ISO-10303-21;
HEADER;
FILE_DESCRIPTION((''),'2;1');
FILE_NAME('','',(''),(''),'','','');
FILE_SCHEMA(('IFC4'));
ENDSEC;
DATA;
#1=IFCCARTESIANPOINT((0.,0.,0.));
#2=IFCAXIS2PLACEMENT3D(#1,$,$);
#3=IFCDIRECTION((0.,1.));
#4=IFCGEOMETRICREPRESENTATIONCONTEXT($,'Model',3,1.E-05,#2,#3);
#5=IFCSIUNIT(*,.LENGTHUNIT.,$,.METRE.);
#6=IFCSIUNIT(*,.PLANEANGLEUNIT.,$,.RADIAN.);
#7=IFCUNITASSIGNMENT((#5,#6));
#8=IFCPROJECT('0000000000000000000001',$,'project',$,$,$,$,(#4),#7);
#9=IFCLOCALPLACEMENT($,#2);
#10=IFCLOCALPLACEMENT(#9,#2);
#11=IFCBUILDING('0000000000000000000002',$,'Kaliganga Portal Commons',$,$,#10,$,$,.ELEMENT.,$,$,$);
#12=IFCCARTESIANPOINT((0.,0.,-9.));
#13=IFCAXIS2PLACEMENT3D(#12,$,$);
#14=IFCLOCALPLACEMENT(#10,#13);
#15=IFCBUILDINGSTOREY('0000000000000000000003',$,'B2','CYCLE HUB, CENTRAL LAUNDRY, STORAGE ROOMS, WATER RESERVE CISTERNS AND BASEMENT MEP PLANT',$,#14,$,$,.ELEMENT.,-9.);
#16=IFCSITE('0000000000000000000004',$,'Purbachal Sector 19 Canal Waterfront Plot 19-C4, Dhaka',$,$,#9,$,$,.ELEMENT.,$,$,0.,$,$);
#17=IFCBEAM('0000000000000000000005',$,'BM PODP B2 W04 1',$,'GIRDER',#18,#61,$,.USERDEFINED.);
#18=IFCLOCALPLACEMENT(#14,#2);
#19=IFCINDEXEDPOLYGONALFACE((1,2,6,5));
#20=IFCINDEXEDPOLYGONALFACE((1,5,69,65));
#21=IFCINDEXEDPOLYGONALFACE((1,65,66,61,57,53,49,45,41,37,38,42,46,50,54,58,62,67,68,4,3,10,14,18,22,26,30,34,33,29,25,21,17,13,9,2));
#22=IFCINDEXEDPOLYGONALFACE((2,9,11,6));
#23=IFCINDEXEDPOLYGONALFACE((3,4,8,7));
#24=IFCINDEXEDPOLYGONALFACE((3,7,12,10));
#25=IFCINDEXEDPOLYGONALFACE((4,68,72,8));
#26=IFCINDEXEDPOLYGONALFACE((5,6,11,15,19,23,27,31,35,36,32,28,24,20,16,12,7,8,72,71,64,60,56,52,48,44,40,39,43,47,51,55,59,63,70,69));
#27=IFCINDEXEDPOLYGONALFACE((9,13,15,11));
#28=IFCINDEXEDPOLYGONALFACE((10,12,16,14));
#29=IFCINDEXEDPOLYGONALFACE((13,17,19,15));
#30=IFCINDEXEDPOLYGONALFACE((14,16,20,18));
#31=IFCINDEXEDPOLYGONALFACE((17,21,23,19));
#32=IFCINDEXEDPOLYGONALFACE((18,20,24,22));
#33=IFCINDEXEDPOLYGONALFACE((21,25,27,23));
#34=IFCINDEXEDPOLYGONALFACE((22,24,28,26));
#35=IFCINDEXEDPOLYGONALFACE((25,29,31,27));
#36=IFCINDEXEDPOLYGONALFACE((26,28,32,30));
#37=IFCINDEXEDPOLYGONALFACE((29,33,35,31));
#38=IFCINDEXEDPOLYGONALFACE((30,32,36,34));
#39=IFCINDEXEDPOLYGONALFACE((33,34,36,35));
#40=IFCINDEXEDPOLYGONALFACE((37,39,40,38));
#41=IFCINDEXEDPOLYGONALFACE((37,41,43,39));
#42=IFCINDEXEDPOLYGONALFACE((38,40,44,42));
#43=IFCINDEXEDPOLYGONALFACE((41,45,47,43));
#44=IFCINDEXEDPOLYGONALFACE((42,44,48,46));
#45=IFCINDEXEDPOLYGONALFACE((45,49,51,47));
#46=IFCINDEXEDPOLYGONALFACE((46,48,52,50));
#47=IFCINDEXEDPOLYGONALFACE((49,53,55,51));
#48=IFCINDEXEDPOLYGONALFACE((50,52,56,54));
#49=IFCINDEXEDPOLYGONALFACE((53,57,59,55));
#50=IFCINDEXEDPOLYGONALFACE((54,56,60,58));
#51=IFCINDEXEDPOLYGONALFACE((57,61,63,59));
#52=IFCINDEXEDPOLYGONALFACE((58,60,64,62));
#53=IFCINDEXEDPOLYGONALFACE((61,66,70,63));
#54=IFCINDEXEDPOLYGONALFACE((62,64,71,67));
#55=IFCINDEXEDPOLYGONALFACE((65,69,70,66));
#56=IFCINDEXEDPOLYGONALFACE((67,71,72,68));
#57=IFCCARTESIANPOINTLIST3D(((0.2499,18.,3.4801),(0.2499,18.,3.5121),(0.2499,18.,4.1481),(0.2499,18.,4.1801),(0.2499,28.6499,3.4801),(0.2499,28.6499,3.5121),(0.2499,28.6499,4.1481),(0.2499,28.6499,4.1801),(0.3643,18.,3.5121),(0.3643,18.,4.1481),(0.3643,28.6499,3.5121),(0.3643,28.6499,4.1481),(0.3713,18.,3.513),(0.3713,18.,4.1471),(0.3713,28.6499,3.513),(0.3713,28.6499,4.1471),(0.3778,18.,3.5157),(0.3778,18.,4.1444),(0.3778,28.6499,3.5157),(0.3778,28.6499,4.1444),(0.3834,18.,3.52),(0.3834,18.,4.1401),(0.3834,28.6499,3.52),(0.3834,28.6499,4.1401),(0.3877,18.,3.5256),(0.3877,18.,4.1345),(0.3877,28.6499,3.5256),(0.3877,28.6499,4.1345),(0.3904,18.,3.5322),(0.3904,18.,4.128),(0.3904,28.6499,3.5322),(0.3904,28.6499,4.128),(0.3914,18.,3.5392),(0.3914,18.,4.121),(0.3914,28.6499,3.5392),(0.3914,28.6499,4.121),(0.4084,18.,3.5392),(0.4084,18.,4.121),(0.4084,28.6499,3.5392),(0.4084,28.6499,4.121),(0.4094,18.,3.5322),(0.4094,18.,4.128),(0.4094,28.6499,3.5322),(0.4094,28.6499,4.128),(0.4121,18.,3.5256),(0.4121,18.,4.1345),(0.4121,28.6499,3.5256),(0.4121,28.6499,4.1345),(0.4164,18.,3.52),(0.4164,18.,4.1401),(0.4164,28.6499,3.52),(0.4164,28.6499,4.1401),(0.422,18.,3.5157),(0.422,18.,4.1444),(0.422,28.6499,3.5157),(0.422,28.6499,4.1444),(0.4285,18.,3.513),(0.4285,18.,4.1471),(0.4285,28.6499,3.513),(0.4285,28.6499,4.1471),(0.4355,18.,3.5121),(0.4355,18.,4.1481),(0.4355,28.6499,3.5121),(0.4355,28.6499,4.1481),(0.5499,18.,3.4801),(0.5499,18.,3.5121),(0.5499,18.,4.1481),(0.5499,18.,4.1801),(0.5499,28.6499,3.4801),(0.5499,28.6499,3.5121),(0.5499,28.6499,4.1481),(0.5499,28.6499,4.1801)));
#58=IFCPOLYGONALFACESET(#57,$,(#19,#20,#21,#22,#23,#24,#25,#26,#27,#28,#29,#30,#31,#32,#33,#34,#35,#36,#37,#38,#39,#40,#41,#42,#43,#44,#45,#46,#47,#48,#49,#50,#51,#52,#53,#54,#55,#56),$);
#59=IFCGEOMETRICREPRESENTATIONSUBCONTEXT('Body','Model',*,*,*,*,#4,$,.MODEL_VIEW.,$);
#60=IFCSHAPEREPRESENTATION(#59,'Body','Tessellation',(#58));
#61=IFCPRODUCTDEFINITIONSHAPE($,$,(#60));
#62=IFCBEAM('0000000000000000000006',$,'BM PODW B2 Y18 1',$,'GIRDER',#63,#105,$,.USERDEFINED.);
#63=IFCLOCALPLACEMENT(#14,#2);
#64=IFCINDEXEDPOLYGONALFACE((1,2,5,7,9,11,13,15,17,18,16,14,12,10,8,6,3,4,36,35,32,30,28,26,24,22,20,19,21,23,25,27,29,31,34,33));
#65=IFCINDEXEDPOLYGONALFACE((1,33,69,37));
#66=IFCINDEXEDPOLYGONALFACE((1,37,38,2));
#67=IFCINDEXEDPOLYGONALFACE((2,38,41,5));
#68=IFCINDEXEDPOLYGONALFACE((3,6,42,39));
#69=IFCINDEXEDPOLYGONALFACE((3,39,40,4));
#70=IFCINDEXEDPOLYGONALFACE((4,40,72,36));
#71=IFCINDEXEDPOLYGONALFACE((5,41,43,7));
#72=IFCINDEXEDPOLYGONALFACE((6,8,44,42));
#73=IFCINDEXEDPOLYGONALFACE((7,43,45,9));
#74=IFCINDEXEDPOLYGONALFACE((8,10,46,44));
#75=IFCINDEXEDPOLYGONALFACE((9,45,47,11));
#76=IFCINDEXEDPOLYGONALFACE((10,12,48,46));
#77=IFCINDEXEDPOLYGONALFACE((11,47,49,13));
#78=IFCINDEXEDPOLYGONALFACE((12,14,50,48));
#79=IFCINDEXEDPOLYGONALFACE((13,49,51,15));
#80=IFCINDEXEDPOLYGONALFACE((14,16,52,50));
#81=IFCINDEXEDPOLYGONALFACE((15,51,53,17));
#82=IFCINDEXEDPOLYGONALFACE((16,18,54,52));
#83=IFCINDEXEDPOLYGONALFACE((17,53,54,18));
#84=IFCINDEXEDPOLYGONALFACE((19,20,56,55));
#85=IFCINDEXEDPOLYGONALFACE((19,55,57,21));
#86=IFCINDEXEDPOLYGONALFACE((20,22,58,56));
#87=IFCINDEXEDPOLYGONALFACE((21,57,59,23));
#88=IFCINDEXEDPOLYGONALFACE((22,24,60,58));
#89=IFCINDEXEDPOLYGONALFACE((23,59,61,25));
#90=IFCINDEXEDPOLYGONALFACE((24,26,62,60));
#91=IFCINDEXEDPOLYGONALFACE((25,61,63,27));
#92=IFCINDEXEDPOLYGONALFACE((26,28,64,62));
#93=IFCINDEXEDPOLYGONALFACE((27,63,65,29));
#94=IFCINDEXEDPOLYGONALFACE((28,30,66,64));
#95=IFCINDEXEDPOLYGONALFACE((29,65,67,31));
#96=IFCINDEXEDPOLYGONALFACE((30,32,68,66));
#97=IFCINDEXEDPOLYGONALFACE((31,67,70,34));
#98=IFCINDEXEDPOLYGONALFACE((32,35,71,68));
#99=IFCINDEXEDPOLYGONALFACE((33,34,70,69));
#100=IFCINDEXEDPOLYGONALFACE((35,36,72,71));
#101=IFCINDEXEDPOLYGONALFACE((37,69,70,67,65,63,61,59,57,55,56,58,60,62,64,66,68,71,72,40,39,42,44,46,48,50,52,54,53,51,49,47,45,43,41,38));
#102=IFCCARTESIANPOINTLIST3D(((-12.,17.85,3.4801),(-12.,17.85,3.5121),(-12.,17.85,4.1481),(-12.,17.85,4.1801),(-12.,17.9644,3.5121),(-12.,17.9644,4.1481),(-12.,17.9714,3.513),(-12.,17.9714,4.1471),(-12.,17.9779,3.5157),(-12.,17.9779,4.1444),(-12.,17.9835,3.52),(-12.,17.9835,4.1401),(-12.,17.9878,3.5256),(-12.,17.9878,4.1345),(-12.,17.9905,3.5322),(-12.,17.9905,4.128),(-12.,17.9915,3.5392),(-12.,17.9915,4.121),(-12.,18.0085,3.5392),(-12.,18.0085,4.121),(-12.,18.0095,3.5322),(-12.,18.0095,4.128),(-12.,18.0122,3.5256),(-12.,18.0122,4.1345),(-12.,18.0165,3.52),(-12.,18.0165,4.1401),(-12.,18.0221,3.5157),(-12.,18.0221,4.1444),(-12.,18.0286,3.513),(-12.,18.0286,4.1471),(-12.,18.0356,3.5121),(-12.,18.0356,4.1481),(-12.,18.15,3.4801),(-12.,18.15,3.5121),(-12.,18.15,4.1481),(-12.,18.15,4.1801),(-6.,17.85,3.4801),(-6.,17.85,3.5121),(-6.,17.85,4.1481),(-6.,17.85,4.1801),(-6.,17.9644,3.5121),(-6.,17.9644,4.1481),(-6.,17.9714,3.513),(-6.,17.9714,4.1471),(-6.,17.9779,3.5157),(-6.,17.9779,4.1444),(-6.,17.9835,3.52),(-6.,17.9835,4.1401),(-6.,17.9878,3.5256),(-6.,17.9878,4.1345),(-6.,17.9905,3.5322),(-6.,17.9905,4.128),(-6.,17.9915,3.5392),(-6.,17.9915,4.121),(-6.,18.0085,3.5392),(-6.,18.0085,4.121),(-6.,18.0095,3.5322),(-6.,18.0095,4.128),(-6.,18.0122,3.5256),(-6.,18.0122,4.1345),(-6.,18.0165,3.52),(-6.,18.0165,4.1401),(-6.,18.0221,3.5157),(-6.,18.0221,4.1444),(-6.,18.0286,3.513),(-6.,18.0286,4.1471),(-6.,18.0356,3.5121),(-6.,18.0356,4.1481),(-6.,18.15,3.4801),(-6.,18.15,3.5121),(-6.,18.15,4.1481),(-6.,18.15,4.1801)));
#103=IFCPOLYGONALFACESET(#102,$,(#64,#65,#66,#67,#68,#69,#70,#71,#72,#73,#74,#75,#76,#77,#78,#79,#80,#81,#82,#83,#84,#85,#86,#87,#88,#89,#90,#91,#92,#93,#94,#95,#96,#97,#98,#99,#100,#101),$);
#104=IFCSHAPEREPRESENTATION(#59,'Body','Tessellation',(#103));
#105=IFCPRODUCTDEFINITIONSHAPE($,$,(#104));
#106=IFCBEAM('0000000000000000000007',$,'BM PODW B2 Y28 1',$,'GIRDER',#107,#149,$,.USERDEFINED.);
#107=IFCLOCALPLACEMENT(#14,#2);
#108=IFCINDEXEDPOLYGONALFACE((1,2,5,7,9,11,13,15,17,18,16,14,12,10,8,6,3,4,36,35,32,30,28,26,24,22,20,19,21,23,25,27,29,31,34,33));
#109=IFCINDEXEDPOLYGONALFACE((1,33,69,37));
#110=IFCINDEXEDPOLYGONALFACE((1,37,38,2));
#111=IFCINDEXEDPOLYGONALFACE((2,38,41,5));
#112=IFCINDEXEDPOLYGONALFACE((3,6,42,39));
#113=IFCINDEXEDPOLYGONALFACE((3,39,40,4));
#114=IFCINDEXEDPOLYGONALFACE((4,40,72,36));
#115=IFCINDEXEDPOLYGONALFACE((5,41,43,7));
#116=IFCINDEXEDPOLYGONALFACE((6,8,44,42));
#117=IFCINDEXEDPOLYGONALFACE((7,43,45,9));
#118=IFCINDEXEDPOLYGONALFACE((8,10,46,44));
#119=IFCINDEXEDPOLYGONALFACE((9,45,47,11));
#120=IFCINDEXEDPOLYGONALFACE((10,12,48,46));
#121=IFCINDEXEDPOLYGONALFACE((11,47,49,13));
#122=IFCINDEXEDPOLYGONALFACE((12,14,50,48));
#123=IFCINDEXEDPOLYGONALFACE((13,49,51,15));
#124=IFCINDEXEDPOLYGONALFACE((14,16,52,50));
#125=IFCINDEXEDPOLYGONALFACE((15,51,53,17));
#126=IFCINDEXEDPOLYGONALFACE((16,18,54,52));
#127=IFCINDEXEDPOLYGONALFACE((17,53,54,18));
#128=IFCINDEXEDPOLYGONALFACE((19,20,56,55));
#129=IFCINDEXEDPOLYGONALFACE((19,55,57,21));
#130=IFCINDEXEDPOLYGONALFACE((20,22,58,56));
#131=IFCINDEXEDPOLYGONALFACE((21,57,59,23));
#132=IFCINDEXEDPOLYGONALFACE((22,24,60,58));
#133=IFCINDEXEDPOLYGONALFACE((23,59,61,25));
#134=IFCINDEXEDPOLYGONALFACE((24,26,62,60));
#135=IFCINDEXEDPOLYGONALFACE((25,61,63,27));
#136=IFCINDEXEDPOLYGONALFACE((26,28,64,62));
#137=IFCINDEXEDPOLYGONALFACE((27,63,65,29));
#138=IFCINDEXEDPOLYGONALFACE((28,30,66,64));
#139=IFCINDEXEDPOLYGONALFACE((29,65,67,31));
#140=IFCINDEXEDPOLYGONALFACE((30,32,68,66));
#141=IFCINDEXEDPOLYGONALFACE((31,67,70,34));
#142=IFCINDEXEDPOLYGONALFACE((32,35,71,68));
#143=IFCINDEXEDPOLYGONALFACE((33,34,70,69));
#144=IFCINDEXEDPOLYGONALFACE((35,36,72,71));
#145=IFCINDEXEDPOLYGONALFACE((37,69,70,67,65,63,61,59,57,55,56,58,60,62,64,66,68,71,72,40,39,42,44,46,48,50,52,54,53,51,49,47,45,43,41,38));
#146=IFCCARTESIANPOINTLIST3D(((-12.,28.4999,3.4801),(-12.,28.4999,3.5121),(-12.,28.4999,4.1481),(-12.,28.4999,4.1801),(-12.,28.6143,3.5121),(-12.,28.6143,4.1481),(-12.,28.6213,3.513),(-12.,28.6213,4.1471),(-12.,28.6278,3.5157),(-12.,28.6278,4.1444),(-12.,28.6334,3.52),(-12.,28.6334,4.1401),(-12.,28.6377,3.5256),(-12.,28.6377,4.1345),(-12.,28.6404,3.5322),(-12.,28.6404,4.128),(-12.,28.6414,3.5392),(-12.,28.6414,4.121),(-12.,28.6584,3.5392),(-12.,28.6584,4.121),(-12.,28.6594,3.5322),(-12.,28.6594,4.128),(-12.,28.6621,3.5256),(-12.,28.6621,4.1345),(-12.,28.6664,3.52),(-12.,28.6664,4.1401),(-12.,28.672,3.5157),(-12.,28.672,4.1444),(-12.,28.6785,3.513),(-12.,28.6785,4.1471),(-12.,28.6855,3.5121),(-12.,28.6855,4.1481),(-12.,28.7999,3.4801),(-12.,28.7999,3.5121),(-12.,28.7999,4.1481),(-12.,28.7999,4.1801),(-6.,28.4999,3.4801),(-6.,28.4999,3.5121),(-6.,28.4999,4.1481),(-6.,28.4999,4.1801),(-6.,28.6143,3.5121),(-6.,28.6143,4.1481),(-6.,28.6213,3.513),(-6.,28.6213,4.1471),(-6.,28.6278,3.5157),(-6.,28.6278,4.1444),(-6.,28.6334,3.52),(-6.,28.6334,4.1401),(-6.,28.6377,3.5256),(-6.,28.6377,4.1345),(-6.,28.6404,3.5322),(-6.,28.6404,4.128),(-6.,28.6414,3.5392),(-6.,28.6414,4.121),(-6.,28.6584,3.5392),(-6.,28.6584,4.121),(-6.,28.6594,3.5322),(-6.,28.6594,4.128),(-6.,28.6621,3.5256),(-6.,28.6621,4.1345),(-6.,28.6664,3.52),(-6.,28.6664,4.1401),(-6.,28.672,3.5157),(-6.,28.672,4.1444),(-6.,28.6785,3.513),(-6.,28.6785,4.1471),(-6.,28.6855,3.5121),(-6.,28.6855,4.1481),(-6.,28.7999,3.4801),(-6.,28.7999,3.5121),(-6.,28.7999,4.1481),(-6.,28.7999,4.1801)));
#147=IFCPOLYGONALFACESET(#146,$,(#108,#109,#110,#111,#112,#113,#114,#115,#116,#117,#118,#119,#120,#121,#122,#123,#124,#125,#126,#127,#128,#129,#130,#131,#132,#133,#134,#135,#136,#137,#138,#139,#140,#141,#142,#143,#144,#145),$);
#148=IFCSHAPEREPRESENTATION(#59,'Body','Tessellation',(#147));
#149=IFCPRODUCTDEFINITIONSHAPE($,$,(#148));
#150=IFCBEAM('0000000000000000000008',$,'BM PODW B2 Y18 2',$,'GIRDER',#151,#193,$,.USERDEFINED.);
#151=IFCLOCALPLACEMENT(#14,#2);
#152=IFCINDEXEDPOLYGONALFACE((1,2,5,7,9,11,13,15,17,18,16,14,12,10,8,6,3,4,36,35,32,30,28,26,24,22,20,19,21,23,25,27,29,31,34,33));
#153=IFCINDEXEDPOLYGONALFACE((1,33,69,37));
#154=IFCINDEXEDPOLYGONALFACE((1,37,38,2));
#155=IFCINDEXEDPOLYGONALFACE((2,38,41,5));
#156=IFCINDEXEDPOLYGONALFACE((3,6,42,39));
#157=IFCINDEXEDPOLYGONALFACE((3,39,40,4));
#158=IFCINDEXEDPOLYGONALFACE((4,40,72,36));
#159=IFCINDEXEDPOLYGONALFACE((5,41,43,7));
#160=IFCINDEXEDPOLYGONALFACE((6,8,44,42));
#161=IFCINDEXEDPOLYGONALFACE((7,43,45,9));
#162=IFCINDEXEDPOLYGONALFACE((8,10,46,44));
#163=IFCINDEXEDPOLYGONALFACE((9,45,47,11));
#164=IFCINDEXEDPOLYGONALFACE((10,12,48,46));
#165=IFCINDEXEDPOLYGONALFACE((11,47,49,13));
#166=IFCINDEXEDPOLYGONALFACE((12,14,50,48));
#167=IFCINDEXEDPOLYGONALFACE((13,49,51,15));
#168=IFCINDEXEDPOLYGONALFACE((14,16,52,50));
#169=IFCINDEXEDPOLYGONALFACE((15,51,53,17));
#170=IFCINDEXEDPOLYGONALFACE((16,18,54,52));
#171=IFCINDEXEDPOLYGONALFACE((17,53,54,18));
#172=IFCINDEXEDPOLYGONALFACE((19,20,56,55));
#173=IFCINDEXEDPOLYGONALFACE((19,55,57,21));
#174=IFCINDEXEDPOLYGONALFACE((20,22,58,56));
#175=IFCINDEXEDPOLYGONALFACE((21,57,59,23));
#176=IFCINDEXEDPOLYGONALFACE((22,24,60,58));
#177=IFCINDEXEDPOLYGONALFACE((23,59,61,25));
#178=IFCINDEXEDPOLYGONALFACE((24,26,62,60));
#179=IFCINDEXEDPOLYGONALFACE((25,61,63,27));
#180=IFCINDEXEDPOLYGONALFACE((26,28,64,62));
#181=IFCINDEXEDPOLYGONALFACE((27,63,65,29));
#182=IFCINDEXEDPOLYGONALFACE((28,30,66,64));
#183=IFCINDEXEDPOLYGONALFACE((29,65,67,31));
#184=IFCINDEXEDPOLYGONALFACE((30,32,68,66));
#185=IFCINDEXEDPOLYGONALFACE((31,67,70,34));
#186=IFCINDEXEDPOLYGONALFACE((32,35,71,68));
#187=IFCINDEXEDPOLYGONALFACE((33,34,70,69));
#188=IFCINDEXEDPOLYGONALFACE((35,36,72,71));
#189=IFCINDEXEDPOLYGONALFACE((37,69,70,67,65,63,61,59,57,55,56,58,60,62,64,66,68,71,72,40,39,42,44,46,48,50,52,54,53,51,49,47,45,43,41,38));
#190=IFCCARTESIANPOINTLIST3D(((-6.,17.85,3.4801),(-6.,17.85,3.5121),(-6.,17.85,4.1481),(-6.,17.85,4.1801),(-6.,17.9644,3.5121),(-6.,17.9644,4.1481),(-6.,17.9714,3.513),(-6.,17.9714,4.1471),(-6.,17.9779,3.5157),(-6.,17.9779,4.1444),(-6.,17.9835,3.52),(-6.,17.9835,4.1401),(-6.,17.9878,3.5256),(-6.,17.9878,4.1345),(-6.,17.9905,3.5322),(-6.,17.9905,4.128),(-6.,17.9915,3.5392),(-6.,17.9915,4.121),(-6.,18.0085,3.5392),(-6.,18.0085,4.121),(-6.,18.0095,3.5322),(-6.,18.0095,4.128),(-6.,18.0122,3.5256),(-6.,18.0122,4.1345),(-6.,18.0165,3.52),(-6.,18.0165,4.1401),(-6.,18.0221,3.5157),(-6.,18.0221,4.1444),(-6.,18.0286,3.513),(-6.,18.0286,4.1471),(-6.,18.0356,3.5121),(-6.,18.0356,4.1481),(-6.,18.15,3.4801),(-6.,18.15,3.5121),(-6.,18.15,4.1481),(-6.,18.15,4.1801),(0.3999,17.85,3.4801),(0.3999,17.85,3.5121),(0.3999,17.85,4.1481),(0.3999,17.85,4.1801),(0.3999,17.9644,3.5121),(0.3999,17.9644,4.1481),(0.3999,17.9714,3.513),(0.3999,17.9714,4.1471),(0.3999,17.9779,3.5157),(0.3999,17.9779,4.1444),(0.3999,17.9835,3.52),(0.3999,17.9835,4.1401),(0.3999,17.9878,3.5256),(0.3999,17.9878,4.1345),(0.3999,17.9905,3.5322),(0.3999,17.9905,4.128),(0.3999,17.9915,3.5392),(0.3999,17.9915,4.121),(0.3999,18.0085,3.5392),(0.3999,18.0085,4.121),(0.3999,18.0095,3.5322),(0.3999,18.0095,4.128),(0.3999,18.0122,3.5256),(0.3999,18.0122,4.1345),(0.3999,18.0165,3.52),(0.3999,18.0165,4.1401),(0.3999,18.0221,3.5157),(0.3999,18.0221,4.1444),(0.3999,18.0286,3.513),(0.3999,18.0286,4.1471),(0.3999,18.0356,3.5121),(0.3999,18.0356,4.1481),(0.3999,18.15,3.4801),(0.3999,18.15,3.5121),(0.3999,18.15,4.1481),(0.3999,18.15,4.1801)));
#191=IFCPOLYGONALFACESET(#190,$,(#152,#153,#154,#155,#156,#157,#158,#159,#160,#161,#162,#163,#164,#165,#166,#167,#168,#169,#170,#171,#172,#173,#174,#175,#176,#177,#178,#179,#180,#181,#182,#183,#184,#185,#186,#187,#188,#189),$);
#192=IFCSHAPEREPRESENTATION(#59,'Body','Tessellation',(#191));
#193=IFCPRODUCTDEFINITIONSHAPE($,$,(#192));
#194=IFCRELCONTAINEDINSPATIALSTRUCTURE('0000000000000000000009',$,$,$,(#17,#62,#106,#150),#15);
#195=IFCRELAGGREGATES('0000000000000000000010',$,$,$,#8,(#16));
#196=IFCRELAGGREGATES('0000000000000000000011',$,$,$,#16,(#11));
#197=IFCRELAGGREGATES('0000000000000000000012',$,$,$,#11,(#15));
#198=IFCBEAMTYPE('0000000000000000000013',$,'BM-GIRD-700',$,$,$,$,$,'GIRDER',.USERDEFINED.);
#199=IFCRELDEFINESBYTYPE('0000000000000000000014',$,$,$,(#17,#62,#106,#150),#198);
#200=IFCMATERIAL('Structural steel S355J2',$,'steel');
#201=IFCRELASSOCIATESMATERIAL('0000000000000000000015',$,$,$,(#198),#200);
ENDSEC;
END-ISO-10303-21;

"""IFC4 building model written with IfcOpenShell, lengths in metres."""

from ifc_helpers import new_model, si_unit, direction, frame, origin, origin_2d, place, context, subcontext, project, spatial, i_section, extrude, source, transform, mapped, material, material_profile, profile_set, type_object, element, save


model = new_model("IFC4")

# Units and contexts
model_context = context("Model", 3, precision=1e-05, world=origin(), true_north=direction((0.0, 1.0)))
body_context = subcontext(model_context, "Body", "Model", "MODEL_VIEW")
ifc_project = project(units=[si_unit("LENGTHUNIT", "METRE"), si_unit("PLANEANGLEUNIT", "RADIAN")], contexts=[model_context])

# Site, building, storey
site_placement = place(None, origin())
site = spatial("IfcSite", under=ifc_project, at=site_placement, Name="Purbachal Sector 19 Canal Waterfront Plot 19-C4, Dhaka", CompositionType="ELEMENT", RefElevation=0.0)
building_placement = place(site_placement, origin())
building = spatial("IfcBuilding", under=site, at=building_placement, Name="Kaliganga Portal Commons", CompositionType="ELEMENT")
storey_placement = place(building_placement, frame((0.0, 0.0, -9.0)))
storey = spatial("IfcBuildingStorey", under=building, at=storey_placement, Name="B2", Description="CYCLE HUB, CENTRAL LAUNDRY, STORAGE ROOMS, WATER RESERVE CISTERNS AND BASEMENT MEP PLANT", CompositionType="ELEMENT", Elevation=-9.0)

# Beams
ifc_material_1 = material(Name="Structural steel S355J2", Category="steel")
ifc_material_profile_1 = material_profile(ifc_material_1, i_section(OverallWidth=0.3, OverallDepth=0.7, WebThickness=0.0171, FlangeThickness=0.032, FilletRadius=0.0271, at=origin_2d()), Name="HE 700 B")
ifc_profile_set_1 = profile_set([ifc_material_profile_1], Name="Structural steel S355J2 wide-flange")
beam_type_1 = type_object("IfcBeamType", Name="BM-GIRD-700", ElementType="GIRDER", PredefinedType="USERDEFINED", material=ifc_profile_set_1)
shared_shape_1 = source(origin(), body_context, "Body", "SweptSolid", [
    extrude(i_section(OverallWidth=0.3, OverallDepth=0.7, WebThickness=0.0171, FlangeThickness=0.032, FilletRadius=0.0271, at=origin_2d()), origin(), (0.0, 0.0, 1.0), 10.6499),
])
beam_1_placement = place(storey_placement, frame((0.3999, 18.0, 3.8301), z_axis=(0.0, 1.0, 0.0), x_axis=(-1.0, 0.0, 0.0)))
element("IfcBeam", 1, at=beam_1_placement, inside=storey, type_object=beam_type_1, Name="BM PODP B2 W04 1", ObjectType="GIRDER", PredefinedType="USERDEFINED", context=body_context, shape_type="MappedRepresentation", body=[
    mapped(shared_shape_1, transform((0.0, 0.0, 0.0), x_axis=(1.0, 0.0, 0.0), y_axis=(0.0, 1.0, 0.0), z_axis=(0.0, 0.0, 1.0), scale=1.0)),
])
shared_shape_2 = source(origin(), body_context, "Body", "SweptSolid", [
    extrude(i_section(OverallWidth=0.3, OverallDepth=0.7, WebThickness=0.0171, FlangeThickness=0.032, FilletRadius=0.0271, at=origin_2d()), origin(), (0.0, 0.0, 1.0), 6.0),
])
for number, where, z_axis, x_axis, name in (
    (2, (-12.0, 18.0, 3.8301), (1.0, 0.0, 0.0), (0.0, 1.0, 0.0), "BM PODW B2 Y18 1"),
    (3, (-12.0, 28.6499, 3.8301), (1.0, 0.0, 0.0), (0.0, 1.0, 0.0), "BM PODW B2 Y28 1"),
):
    element("IfcBeam", number, at=place(storey_placement, frame(where, z_axis=z_axis, x_axis=x_axis)), inside=storey, type_object=beam_type_1, Name=name, ObjectType="GIRDER", PredefinedType="USERDEFINED", context=body_context, shape_type="MappedRepresentation", body=[
        mapped(shared_shape_2, transform((0.0, 0.0, 0.0), x_axis=(1.0, 0.0, 0.0), y_axis=(0.0, 1.0, 0.0), z_axis=(0.0, 0.0, 1.0), scale=1.0)),
    ])
shared_shape_3 = source(origin(), body_context, "Body", "SweptSolid", [
    extrude(i_section(OverallWidth=0.3, OverallDepth=0.7, WebThickness=0.0171, FlangeThickness=0.032, FilletRadius=0.0271, at=origin_2d()), origin(), (0.0, 0.0, 1.0), 6.3999),
])
beam_2_placement = place(storey_placement, frame((-6.0, 18.0, 3.8301), z_axis=(1.0, 0.0, 0.0), x_axis=(0.0, 1.0, 0.0)))
element("IfcBeam", 4, at=beam_2_placement, inside=storey, type_object=beam_type_1, Name="BM PODW B2 Y18 2", ObjectType="GIRDER", PredefinedType="USERDEFINED", context=body_context, shape_type="MappedRepresentation", body=[
    mapped(shared_shape_3, transform((0.0, 0.0, 0.0), x_axis=(1.0, 0.0, 0.0), y_axis=(0.0, 1.0, 0.0), z_axis=(0.0, 0.0, 1.0), scale=1.0)),
])

save(model, "model.ifc")
